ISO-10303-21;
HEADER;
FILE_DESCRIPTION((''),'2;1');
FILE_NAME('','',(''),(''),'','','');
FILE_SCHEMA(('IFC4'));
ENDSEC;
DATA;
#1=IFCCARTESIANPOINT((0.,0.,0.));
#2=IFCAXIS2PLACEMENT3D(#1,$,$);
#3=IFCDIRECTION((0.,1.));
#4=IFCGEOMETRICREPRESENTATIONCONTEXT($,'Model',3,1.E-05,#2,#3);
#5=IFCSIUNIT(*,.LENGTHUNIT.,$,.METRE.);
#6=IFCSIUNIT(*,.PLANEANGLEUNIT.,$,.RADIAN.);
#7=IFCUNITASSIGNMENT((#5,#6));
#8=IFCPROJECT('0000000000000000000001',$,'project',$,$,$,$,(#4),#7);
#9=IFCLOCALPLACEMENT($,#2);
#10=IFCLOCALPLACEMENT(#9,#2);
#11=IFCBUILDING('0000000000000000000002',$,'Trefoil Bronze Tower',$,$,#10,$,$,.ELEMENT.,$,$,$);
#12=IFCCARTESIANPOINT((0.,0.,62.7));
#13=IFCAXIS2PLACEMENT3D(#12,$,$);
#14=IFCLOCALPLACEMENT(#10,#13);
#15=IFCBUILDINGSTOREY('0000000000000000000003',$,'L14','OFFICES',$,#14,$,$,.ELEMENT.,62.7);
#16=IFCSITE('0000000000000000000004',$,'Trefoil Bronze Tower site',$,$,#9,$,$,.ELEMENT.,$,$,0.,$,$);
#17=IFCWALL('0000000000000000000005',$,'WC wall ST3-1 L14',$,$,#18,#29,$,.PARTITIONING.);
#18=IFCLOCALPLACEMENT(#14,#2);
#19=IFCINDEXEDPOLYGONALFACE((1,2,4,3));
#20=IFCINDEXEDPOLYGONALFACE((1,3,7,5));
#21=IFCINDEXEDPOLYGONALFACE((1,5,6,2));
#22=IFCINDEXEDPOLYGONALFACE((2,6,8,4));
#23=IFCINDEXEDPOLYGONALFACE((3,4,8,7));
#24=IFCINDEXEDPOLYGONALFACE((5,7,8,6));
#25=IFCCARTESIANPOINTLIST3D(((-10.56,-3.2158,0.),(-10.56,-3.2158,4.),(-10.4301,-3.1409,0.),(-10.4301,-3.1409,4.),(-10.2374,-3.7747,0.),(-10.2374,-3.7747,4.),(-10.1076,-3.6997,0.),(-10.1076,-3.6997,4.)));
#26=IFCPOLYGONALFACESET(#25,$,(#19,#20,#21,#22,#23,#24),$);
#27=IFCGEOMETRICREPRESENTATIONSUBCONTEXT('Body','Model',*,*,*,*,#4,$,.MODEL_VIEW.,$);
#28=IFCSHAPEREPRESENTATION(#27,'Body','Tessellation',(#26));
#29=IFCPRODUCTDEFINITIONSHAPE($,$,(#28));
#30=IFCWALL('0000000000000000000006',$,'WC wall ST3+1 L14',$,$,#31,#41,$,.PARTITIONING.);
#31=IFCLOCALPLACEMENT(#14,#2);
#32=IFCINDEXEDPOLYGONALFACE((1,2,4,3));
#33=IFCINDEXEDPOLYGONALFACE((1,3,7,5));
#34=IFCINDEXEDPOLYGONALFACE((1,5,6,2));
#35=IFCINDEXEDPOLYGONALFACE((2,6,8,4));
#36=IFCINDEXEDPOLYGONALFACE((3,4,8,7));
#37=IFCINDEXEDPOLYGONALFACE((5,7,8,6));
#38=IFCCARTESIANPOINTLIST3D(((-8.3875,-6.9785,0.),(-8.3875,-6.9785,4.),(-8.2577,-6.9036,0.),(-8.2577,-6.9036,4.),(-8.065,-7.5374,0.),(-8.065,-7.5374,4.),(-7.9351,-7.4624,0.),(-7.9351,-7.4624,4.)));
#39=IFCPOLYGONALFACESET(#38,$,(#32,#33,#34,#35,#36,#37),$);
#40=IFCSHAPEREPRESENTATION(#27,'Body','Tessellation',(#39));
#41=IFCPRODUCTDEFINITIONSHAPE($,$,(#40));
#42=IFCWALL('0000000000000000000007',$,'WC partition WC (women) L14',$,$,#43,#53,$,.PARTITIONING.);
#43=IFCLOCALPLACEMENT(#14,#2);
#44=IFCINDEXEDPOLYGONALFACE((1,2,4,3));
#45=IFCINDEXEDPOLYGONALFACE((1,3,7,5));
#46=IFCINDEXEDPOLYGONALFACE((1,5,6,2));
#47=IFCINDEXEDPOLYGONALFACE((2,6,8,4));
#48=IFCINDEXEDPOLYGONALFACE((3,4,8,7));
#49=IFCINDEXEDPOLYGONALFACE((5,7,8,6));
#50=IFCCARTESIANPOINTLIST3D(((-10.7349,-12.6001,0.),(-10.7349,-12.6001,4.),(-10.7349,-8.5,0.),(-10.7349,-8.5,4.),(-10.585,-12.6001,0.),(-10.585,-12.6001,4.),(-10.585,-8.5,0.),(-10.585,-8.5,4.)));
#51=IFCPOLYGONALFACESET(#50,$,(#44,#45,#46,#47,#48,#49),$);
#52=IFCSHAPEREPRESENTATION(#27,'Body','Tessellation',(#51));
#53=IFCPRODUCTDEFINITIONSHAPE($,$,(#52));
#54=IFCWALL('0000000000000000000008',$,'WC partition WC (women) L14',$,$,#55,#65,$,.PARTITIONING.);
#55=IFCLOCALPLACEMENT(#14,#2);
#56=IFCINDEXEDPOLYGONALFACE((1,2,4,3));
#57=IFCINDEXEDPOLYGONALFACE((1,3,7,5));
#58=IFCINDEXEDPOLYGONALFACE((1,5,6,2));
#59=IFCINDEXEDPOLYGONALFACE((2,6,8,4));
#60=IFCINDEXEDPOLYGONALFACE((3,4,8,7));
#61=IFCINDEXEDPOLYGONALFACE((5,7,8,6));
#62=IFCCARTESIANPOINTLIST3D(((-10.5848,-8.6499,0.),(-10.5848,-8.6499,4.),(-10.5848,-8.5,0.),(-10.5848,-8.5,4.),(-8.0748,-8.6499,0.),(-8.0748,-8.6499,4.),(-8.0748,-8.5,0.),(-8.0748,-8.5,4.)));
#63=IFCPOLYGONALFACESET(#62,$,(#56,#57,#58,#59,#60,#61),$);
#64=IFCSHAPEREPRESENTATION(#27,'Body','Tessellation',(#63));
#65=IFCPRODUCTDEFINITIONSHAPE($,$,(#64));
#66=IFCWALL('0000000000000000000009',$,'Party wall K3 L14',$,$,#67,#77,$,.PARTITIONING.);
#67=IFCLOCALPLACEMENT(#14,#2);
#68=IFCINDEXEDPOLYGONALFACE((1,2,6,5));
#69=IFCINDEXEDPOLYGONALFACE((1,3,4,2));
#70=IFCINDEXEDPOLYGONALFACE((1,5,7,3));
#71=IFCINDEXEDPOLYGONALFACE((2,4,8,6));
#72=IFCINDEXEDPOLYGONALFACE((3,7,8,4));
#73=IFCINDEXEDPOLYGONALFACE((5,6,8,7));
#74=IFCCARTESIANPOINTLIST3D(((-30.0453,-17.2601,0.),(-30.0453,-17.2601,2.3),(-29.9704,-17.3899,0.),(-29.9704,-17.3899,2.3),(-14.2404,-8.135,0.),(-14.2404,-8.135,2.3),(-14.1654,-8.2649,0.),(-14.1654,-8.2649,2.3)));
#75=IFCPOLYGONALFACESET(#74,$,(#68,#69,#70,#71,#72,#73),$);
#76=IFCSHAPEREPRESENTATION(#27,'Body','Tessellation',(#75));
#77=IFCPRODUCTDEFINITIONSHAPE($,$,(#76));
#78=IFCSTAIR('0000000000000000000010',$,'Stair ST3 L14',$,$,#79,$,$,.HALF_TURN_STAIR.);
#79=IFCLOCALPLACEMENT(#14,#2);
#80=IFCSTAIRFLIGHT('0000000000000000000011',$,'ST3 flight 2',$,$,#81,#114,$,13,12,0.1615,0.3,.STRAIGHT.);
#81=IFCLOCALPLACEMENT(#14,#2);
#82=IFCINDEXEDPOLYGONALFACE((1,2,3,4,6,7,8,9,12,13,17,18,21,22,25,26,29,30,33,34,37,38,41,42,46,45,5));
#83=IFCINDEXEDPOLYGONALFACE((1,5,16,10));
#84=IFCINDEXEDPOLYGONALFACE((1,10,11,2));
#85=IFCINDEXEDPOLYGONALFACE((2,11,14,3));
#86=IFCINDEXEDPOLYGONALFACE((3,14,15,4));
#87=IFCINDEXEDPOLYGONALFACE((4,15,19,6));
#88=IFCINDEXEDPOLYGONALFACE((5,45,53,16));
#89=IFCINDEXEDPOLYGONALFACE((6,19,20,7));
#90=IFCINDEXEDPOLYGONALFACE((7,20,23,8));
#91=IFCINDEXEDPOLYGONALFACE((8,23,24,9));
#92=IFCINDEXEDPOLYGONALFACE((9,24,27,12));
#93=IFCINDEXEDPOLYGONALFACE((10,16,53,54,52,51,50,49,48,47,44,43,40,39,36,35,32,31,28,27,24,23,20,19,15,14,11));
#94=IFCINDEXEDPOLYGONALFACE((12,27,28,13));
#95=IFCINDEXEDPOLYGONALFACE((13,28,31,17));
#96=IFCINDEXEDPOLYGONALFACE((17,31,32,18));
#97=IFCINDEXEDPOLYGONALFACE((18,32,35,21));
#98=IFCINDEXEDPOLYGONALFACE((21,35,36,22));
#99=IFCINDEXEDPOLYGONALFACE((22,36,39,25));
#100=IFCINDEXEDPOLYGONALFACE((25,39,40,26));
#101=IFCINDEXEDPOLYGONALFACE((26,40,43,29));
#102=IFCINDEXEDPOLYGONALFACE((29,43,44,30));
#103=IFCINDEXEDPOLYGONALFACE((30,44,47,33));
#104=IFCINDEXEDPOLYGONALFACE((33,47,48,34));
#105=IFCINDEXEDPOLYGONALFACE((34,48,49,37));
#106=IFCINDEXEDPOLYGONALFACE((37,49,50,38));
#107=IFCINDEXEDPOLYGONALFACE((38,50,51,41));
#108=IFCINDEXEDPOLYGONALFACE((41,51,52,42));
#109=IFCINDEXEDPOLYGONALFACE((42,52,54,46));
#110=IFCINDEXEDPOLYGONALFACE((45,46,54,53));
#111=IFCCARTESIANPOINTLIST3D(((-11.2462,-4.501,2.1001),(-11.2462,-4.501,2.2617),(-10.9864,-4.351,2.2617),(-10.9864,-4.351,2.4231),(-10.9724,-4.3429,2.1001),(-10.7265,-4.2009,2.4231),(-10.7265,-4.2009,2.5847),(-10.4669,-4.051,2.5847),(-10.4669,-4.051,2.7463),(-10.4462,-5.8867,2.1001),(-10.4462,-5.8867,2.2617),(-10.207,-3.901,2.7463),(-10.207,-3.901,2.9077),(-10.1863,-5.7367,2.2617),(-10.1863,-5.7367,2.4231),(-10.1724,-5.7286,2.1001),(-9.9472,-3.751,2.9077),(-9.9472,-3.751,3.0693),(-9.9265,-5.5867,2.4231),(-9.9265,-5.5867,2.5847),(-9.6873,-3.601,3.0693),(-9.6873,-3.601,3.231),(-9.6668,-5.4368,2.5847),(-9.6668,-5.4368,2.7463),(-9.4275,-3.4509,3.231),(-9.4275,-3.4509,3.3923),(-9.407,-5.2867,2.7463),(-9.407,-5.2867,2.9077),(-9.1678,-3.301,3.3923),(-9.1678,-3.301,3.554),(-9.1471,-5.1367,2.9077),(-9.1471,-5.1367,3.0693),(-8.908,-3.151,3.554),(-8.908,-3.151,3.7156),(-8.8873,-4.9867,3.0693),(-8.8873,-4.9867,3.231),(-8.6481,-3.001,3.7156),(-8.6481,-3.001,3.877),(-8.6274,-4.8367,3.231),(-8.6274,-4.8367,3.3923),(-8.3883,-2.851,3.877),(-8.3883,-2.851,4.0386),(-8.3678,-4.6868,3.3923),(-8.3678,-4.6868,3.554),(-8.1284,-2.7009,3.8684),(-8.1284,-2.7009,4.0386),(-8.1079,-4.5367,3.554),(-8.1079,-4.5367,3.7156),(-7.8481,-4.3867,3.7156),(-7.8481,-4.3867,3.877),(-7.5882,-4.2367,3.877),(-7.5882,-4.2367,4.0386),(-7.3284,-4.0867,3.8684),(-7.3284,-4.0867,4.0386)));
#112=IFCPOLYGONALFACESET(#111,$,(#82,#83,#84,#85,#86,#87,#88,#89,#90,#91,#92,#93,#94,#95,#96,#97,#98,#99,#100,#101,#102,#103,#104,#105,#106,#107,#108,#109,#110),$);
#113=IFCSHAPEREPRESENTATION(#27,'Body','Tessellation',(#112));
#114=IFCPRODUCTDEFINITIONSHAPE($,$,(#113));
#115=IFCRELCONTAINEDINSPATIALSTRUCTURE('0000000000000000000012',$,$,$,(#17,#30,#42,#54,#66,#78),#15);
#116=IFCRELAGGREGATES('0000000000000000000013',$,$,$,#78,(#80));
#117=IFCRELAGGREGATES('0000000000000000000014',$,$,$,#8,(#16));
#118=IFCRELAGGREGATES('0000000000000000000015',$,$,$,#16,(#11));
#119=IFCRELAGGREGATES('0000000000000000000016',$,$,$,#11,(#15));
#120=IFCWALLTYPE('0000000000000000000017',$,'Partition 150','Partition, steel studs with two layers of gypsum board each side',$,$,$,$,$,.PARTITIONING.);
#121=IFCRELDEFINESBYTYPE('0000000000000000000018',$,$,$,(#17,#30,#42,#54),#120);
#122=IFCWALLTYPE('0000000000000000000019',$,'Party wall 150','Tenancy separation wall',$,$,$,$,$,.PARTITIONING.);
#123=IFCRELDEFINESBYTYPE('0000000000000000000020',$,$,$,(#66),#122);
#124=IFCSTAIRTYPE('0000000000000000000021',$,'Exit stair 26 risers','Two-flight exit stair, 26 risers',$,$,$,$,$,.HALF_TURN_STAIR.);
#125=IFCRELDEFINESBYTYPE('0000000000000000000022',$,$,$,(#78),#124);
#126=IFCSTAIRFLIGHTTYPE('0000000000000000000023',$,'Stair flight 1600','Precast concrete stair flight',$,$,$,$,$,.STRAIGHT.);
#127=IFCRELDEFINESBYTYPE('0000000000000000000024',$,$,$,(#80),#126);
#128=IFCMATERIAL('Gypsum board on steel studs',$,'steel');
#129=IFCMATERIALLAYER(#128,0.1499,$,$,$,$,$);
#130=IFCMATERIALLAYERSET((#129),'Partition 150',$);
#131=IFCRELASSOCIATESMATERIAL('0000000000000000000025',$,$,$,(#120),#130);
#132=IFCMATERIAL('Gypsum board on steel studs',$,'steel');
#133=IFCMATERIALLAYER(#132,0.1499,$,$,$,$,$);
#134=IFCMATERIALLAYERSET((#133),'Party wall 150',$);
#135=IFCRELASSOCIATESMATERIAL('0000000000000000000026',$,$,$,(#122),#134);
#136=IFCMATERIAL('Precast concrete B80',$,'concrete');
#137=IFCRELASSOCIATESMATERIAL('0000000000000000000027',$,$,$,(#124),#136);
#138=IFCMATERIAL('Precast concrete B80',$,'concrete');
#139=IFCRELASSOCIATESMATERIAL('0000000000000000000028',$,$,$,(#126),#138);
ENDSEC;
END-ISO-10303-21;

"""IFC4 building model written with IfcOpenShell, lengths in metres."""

from ifc_helpers import new_model, si_unit, direction, frame, frame_2d, origin, place, context, subcontext, project, spatial, polyline, rectangle, outline, extrude, material, layer, layer_set, type_object, element, aggregate, save


model = new_model("IFC4")

# Units and contexts
model_context = context("Model", 3, precision=1e-05, world=origin(), true_north=direction((0.0, 1.0)))
body_context = subcontext(model_context, "Body", "Model", "MODEL_VIEW")
ifc_project = project(units=[si_unit("LENGTHUNIT", "METRE"), si_unit("PLANEANGLEUNIT", "RADIAN")], contexts=[model_context])

# Site, building, storey
site_placement = place(None, origin())
site = spatial("IfcSite", under=ifc_project, at=site_placement, Name="Trefoil Bronze Tower site", CompositionType="ELEMENT", RefElevation=0.0)
building_placement = place(site_placement, origin())
building = spatial("IfcBuilding", under=site, at=building_placement, Name="Trefoil Bronze Tower", CompositionType="ELEMENT")
storey_placement = place(building_placement, frame((0.0, 0.0, 62.7)))
storey = spatial("IfcBuildingStorey", under=building, at=storey_placement, Name="L14", Description="OFFICES", CompositionType="ELEMENT", Elevation=62.7)

# Shared definitions
ifc_material_1 = material(Name="Gypsum board on steel studs", Category="steel")
ifc_layer_1 = layer(ifc_material_1, 0.1499)
ifc_layer_set_1 = layer_set([ifc_layer_1], Name="Partition 150")
wall_type_1 = type_object("IfcWallType", Name="Partition 150", Description="Partition, steel studs with two layers of gypsum board each side", PredefinedType="PARTITIONING", material=ifc_layer_set_1)

# Walls
for number, where, z_axis, x_axis, name in (
    (1, (-10.4951, -3.1782, 0.0), (0.0, 0.0, 1.0), (0.499843, -0.866116, 0.0), "WC wall ST3-1 L14"),
    (2, (-8.0, -7.5, 0.0), (0.0, 0.0, 1.0), (-0.499843, 0.866116, 0.0), "WC wall ST3+1 L14"),
):
    element("IfcWall", number, at=place(storey_placement, frame(where, z_axis=z_axis, x_axis=x_axis)), inside=storey, type_object=wall_type_1, Name=name, PredefinedType="PARTITIONING", context=body_context, shape_type="SweptSolid", body=[
        extrude(rectangle(XDim=0.6453, YDim=0.1499, at=frame_2d((0.3228, 0.0))), origin(), (0.0, 0.0, 1.0), 4.0),
    ])
wall_1_placement = place(storey_placement, frame((-10.6599, -8.5, 0.0), z_axis=(0.0, 0.0, 1.0), x_axis=(0.0, -1.0, 0.0)))
element("IfcWall", 3, at=wall_1_placement, inside=storey, type_object=wall_type_1, Name="WC partition WC (women) L14", PredefinedType="PARTITIONING", context=body_context, shape_type="SweptSolid", body=[
    extrude(rectangle(XDim=4.1001, YDim=0.1499, at=frame_2d((2.05, 0.0))), origin(), (0.0, 0.0, 1.0), 4.0),
])
wall_2_placement = place(storey_placement, frame((-8.075, -8.575, 0.0), z_axis=(0.0, 0.0, 1.0), x_axis=(-1.0, 0.0, 0.0)))
element("IfcWall", 4, at=wall_2_placement, inside=storey, type_object=wall_type_1, Name="WC partition WC (women) L14", PredefinedType="PARTITIONING", context=body_context, shape_type="SweptSolid", body=[
    extrude(rectangle(XDim=2.51, YDim=0.1499, at=frame_2d((1.2549, 0.0))), origin(), (0.0, 0.0, 1.0), 4.0),
])
ifc_material_2 = material(Name="Gypsum board on steel studs", Category="steel")
ifc_layer_2 = layer(ifc_material_2, 0.1499)
ifc_layer_set_2 = layer_set([ifc_layer_2], Name="Party wall 150")
wall_type_2 = type_object("IfcWallType", Name="Party wall 150", Description="Tenancy separation wall", PredefinedType="PARTITIONING", material=ifc_layer_set_2)
wall_3_placement = place(storey_placement, frame((-14.2029, -8.2, 0.0), z_axis=(0.0, 0.0, 1.0), x_axis=(-0.866025, -0.500001, 0.0)))
element("IfcWall", 5, at=wall_3_placement, inside=storey, type_object=wall_type_2, Name="Party wall K3 L14", PredefinedType="PARTITIONING", context=body_context, shape_type="SweptSolid", body=[
    extrude(rectangle(XDim=18.25, YDim=0.1499, at=frame_2d((9.125, 0.0))), origin(), (0.0, 0.0, 1.0), 2.3),
])

# Stair, stair flight
ifc_material_3 = material(Name="Precast concrete B80", Category="concrete")
stair_type = type_object("IfcStairType", Name="Exit stair 26 risers", Description="Two-flight exit stair, 26 risers", PredefinedType="HALF_TURN_STAIR", material=ifc_material_3)
stair_placement = place(storey_placement, origin())
stair = element("IfcStair", 6, at=stair_placement, inside=storey, type_object=stair_type, Name="Stair ST3 L14", PredefinedType="HALF_TURN_STAIR")
ifc_material_4 = material(Name="Precast concrete B80", Category="concrete")
stair_flight_type = type_object("IfcStairFlightType", Name="Stair flight 1600", Description="Precast concrete stair flight", PredefinedType="STRAIGHT", material=ifc_material_4)
stair_flight_placement = place(storey_placement, frame((-10.8462, -5.1938, 2.1001), z_axis=(0.0, 0.0, 1.0), x_axis=(0.866025, 0.5, 0.0)))
stair_flight = element("IfcStairFlight", 7, at=stair_flight_placement, type_object=stair_flight_type, Name="ST3 flight 2", NumberOfRisers=13, NumberOfTreads=12, PredefinedType="STRAIGHT", RiserHeight=0.1615, TreadLength=0.3, context=body_context, shape_type="SweptSolid", body=[
    extrude(outline(polyline([(0.0, 0.0), (0.0, 0.1616), (0.3, 0.1616), (0.3, 0.323), (0.6001, 0.323), (0.6001, 0.4846), (0.8999, 0.4846), (0.8999, 0.6462), (1.2, 0.6462), (1.2, 0.8076), (1.5, 0.8076), (1.5, 0.9692), (1.8, 0.9692), (1.8, 1.1309), (2.1001, 1.1309), (2.1001, 1.2922), (2.3999, 1.2922), (2.3999, 1.4539), (2.7, 1.4539), (2.7, 1.6155), (3.0, 1.6155), (3.0, 1.7769), (3.3, 1.7769), (3.3, 1.9385), (3.6001, 1.9385), (3.6001, 2.1001), (3.6001, 1.7683), (0.3162, 0.0), (0.0, 0.0)])), frame((0.0, 0.8, 0.0), z_axis=(0.0, -1.0, 0.0), x_axis=(1.0, 0.0, 0.0)), (0.0, 0.0, 1.0), 1.6001),
])
aggregate(stair, [stair_flight])

save(model, "model.ifc")
